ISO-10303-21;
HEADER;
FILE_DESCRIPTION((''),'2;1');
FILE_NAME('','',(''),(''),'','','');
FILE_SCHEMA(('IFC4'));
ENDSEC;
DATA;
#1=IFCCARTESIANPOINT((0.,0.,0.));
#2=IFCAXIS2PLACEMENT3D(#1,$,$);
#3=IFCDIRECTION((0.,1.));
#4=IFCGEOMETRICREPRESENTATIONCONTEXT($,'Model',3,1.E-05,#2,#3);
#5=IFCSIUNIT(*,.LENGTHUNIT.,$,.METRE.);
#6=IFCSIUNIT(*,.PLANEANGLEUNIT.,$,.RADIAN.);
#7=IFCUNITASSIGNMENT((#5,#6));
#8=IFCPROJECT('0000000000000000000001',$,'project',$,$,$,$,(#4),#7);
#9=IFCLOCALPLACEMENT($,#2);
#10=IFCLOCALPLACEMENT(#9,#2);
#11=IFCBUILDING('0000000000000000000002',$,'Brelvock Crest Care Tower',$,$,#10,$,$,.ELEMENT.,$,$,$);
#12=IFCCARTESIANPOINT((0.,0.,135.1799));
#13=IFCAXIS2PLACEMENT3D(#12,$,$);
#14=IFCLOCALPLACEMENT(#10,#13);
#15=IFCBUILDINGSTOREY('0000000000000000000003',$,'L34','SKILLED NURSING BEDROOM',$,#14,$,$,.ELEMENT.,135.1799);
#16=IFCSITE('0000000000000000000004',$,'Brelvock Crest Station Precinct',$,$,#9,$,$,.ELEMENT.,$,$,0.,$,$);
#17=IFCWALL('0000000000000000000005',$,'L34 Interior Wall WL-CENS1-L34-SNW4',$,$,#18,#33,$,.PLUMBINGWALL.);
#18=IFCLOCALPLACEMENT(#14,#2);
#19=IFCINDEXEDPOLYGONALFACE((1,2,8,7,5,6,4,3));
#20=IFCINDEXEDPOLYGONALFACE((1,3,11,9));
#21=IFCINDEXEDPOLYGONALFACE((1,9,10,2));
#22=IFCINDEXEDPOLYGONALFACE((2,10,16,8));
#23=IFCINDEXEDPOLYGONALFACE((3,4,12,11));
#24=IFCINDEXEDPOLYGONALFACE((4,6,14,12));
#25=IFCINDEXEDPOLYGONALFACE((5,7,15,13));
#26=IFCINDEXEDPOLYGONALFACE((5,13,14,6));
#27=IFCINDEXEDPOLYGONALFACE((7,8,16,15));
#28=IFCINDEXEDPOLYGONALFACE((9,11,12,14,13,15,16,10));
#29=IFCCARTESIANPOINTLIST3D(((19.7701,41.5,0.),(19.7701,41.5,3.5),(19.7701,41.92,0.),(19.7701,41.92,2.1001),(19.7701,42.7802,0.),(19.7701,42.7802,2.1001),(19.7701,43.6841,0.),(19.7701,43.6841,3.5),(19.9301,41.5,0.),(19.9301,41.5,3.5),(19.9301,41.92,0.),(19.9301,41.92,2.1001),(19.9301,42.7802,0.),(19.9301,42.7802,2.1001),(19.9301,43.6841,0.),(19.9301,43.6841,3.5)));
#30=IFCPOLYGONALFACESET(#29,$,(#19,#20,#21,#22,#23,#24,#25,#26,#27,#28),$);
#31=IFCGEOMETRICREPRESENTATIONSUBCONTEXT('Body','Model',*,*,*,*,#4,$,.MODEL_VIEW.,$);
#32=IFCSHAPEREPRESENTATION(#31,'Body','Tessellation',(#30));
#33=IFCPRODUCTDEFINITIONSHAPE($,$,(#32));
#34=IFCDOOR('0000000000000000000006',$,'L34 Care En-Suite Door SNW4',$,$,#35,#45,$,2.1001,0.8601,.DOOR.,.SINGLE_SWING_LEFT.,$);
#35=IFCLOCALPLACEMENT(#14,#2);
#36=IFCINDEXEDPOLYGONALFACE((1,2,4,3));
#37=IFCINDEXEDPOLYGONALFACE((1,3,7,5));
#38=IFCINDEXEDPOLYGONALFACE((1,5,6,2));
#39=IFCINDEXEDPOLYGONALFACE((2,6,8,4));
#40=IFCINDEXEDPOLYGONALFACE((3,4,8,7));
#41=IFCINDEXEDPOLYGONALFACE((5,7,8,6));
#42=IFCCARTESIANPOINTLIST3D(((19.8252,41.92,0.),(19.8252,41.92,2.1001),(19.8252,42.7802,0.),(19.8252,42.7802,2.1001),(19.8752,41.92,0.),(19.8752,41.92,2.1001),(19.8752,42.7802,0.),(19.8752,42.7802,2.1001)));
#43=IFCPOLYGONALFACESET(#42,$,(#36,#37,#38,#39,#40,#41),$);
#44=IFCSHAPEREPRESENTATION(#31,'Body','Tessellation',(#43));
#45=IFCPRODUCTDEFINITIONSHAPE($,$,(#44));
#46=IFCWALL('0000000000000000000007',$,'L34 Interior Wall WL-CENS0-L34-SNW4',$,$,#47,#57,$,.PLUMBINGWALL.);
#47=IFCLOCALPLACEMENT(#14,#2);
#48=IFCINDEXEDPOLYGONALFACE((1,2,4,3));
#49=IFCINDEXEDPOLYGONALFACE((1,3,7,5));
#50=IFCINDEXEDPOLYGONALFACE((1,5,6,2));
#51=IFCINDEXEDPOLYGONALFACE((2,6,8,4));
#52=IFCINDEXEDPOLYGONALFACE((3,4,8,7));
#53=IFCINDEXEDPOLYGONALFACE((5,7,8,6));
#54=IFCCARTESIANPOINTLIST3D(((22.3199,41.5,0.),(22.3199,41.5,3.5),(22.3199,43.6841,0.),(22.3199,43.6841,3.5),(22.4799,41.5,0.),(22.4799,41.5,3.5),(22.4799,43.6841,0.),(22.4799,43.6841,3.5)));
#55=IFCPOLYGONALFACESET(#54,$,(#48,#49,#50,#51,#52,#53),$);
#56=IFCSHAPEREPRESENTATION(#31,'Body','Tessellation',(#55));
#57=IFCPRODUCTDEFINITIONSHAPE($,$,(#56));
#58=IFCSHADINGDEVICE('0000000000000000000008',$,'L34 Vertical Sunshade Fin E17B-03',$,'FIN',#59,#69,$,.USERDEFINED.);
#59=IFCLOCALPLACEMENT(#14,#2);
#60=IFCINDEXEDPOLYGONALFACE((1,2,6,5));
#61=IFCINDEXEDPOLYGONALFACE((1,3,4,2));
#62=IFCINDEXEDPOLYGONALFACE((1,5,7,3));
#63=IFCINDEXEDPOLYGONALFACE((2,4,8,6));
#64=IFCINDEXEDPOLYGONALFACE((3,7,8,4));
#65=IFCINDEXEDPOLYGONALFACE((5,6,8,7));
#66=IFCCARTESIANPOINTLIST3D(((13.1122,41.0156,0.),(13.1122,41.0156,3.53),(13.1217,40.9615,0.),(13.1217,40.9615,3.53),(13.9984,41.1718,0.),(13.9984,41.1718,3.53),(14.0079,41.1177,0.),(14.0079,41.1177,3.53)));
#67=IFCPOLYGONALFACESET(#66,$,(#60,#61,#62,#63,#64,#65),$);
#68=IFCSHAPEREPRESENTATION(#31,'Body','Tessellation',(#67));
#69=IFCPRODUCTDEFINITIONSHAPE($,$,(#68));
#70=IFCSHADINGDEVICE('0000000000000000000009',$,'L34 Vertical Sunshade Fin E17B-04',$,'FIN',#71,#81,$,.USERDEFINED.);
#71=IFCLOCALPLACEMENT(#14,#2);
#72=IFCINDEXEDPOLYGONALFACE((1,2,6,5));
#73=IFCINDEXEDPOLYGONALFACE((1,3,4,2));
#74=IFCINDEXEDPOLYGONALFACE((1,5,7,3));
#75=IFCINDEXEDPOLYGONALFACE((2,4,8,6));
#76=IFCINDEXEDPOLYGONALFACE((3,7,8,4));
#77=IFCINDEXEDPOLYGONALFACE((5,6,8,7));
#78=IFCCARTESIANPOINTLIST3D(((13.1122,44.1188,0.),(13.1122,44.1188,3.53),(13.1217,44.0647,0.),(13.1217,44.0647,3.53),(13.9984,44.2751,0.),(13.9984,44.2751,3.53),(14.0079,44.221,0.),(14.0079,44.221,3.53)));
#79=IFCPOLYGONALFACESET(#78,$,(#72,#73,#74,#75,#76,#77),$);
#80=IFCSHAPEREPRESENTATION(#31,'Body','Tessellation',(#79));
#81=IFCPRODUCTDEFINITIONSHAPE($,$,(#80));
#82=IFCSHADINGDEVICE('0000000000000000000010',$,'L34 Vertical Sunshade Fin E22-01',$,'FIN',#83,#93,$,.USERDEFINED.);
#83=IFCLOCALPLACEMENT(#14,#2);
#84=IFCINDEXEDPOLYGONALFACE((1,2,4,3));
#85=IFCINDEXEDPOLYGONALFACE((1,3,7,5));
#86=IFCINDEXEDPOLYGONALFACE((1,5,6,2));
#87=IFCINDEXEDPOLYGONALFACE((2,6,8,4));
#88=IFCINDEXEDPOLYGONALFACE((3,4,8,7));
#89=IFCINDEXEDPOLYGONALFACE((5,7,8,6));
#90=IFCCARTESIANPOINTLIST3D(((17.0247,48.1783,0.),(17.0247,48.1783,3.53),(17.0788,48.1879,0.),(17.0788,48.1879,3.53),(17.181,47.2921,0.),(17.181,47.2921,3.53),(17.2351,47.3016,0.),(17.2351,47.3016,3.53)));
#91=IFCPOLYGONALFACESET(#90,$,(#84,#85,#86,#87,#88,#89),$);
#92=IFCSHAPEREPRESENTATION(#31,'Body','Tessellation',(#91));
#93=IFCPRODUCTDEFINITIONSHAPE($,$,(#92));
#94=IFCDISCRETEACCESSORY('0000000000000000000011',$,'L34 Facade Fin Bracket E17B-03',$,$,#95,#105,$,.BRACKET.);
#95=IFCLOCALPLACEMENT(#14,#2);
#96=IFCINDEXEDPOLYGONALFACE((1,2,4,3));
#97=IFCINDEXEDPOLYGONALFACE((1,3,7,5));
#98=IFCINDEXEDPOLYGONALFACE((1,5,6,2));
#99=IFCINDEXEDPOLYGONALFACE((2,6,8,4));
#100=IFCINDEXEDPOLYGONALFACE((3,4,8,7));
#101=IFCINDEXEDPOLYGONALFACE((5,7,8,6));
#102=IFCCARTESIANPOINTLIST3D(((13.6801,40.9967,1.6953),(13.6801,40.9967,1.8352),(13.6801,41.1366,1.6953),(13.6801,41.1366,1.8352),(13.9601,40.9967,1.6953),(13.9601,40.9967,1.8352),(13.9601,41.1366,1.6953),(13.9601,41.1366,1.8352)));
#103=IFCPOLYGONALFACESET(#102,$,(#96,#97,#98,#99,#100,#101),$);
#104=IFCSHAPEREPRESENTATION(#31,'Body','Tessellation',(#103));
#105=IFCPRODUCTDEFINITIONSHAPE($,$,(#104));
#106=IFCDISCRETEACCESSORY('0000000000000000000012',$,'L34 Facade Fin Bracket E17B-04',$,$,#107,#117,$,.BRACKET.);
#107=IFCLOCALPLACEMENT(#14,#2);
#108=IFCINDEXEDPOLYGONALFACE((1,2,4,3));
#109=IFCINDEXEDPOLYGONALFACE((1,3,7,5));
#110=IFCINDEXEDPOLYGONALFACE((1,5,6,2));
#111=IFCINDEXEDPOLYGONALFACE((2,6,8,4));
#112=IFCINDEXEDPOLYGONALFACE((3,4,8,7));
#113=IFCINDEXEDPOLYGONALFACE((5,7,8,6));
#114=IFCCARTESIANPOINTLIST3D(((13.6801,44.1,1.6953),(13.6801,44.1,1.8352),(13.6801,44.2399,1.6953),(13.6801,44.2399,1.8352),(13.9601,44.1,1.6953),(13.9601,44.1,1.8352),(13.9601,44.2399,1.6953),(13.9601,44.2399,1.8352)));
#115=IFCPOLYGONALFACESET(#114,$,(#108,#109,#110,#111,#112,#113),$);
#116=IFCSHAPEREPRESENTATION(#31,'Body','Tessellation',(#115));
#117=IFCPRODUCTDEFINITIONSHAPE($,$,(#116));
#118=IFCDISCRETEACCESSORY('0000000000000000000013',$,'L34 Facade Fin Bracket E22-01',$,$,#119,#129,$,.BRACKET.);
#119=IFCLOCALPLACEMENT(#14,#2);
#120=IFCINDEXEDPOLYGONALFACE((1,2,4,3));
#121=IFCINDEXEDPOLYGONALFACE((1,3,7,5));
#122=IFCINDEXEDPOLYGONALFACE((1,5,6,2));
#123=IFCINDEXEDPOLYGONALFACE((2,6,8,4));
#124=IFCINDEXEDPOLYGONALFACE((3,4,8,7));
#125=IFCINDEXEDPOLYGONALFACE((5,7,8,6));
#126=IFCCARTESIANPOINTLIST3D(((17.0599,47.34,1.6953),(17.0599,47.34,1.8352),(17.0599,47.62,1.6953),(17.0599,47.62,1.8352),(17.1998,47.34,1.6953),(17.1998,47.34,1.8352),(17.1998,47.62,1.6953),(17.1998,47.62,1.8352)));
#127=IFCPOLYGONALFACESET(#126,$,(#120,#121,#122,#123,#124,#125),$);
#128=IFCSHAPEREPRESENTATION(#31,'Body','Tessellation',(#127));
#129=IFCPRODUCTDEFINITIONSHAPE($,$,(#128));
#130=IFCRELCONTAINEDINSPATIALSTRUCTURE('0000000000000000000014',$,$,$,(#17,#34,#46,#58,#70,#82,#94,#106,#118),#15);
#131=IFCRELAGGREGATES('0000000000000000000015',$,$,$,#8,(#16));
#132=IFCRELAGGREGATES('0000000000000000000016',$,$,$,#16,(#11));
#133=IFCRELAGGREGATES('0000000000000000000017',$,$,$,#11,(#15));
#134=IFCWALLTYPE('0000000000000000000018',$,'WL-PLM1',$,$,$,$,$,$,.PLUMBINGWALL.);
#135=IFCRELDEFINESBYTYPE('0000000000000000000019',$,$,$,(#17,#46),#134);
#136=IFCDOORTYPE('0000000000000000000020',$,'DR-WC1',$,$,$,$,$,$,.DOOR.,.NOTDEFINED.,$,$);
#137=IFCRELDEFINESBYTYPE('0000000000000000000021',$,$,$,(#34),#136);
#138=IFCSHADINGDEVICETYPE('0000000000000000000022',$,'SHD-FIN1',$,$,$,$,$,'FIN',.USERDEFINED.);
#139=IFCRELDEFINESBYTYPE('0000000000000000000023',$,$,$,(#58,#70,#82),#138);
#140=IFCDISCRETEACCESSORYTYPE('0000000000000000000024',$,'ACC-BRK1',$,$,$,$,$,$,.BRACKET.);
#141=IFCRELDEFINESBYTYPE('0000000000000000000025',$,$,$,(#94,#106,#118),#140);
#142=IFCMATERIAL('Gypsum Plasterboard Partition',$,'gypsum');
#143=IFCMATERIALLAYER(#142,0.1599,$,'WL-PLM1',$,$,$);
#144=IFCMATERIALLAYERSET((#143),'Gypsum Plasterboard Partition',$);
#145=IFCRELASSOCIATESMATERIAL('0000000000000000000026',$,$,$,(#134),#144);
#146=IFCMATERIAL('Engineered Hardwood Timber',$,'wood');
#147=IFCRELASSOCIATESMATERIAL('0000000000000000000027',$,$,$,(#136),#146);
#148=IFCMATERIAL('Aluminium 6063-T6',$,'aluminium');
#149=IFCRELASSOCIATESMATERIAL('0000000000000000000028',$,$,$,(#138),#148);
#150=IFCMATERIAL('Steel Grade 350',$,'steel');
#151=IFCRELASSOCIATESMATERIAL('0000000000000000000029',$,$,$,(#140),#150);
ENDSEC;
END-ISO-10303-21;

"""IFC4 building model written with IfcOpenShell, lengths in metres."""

from ifc_helpers import new_model, si_unit, direction, frame, frame_2d, origin, origin_2d, place, context, subcontext, project, spatial, rectangle, extrude, source, transform, mapped, material, layer, layer_set, material_profile, profile_set, type_object, element, fill, save


model = new_model("IFC4")

# Units and contexts
model_context = context("Model", 3, precision=1e-05, world=origin(), true_north=direction((0.0, 1.0)))
body_context = subcontext(model_context, "Body", "Model", "MODEL_VIEW")
ifc_project = project(units=[si_unit("LENGTHUNIT", "METRE"), si_unit("PLANEANGLEUNIT", "RADIAN")], contexts=[model_context])

# Site, building, storey
site_placement = place(None, origin())
site = spatial("IfcSite", under=ifc_project, at=site_placement, Name="Brelvock Crest Station Precinct", CompositionType="ELEMENT", RefElevation=0.0)
building_placement = place(site_placement, origin())
building = spatial("IfcBuilding", under=site, at=building_placement, Name="Brelvock Crest Care Tower", CompositionType="ELEMENT")
storey_placement = place(building_placement, frame((0.0, 0.0, 135.1799)))
storey = spatial("IfcBuildingStorey", under=building, at=storey_placement, Name="L34", Description="SKILLED NURSING BEDROOM", CompositionType="ELEMENT", Elevation=135.1799)

# Shared definitions
ifc_material_1 = material(Name="Aluminium 6063-T6", Category="aluminium")

# Shared definitions
ifc_material_2 = material(Name="Engineered Hardwood Timber", Category="wood")

# Shared definitions
ifc_material_3 = material(Name="Gypsum Plasterboard Partition", Category="gypsum")
ifc_layer_1 = layer(ifc_material_3, 0.1599, Name="WL-PLM1")
ifc_layer_set_1 = layer_set([ifc_layer_1], Name="Gypsum Plasterboard Partition")
wall_type_1 = type_object("IfcWallType", Name="WL-PLM1", PredefinedType="PLUMBINGWALL", material=ifc_layer_set_1)

# Wall, opening, door
wall_1_placement = place(storey_placement, frame((19.8501, 41.5, 0.0), z_axis=(0.0, 0.0, 1.0), x_axis=(0.0, 1.0, 0.0)))
wall_1 = element("IfcWall", 1, at=wall_1_placement, inside=storey, type_object=wall_type_1, Name="L34 Interior Wall WL-CENS1-L34-SNW4", PredefinedType="PLUMBINGWALL", context=body_context, shape_type="SweptSolid", body=[
    extrude(rectangle(XDim=2.1841, YDim=0.1599, at=frame_2d((1.092, 0.0))), origin(), (0.0, 0.0, 1.0), 3.5),
])
opening_1_placement = place(wall_1_placement, frame((0.4199, 0.0, 0.0)))
opening_1 = element("IfcOpeningElement", 2, at=opening_1_placement, cuts=wall_1, PredefinedType="OPENING", context=body_context, shape_type="SweptSolid", body=[
    extrude(rectangle(XDim=0.8601, YDim=2.1001, at=origin_2d()), frame((0.4302, 0.0898, 1.05), z_axis=(0.0, -1.0, 0.0), x_axis=(1.0, 0.0, 0.0)), (0.0, 0.0, 1.0), 0.1799),
])
door_type_1 = type_object("IfcDoorType", Name="DR-WC1", OperationType="NOTDEFINED", PredefinedType="DOOR", material=ifc_material_2)
shared_shape_1 = source(origin(), body_context, "Body", "SweptSolid", [
    extrude(rectangle(XDim=0.8601, YDim=2.1001, at=origin_2d()), frame((0.4302, 0.0249, 1.05), z_axis=(0.0, -1.0, 0.0), x_axis=(1.0, 0.0, 0.0)), (0.0, 0.0, 1.0), 0.05),
])
door_1_placement = place(opening_1_placement, origin())
door_1 = element("IfcDoor", 3, at=door_1_placement, inside=storey, type_object=door_type_1, Name="L34 Care En-Suite Door SNW4", OperationType="SINGLE_SWING_LEFT", OverallHeight=2.1001, OverallWidth=0.8601, PredefinedType="DOOR", context=body_context, shape_type="MappedRepresentation", body=[
    mapped(shared_shape_1, transform((0.0, 0.0, 0.0), x_axis=(1.0, 0.0, 0.0), y_axis=(0.0, 1.0, 0.0), z_axis=(0.0, 0.0, 1.0), scale=1.0)),
])
fill(opening_1, door_1)

# Wall
wall_2_placement = place(storey_placement, frame((22.3999, 41.5, 0.0), z_axis=(0.0, 0.0, 1.0), x_axis=(0.0, 1.0, 0.0)))
element("IfcWall", 4, at=wall_2_placement, inside=storey, type_object=wall_type_1, Name="L34 Interior Wall WL-CENS0-L34-SNW4", PredefinedType="PLUMBINGWALL", context=body_context, shape_type="SweptSolid", body=[
    extrude(rectangle(XDim=2.1841, YDim=0.1599, at=frame_2d((1.092, 0.0))), origin(), (0.0, 0.0, 1.0), 3.5),
])

# Shading devices
ifc_material_profile_1 = material_profile(ifc_material_1, rectangle(XDim=0.0549, YDim=0.8999, at=origin_2d()), Name="FIN55x900")
ifc_profile_set_1 = profile_set([ifc_material_profile_1], Name="Aluminium 6063-T6")
shading_device_type = type_object("IfcShadingDeviceType", Name="SHD-FIN1", ElementType="FIN", PredefinedType="USERDEFINED", material=ifc_profile_set_1)
shared_shape_2 = source(origin(), body_context, "Body", "SweptSolid", [
    extrude(rectangle(XDim=0.0549, YDim=0.8999, at=origin_2d()), origin(), (0.0, 0.0, 1.0), 3.53),
])
for number, where, z_axis, x_axis, name in (
    (5, (13.5601, 41.0667, 0.0), (0.0, 0.0, 1.0), (-0.173648, 0.984808, 0.0), "L34 Vertical Sunshade Fin E17B-03"),
    (6, (13.5601, 44.1699, 0.0), (0.0, 0.0, 1.0), (-0.173648, 0.984808, 0.0), "L34 Vertical Sunshade Fin E17B-04"),
    (7, (17.1299, 47.74, 0.0), (0.0, 0.0, 1.0), (0.984808, 0.173648, 0.0), "L34 Vertical Sunshade Fin E22-01"),
):
    element("IfcShadingDevice", number, at=place(storey_placement, frame(where, z_axis=z_axis, x_axis=x_axis)), inside=storey, type_object=shading_device_type, Name=name, ObjectType="FIN", PredefinedType="USERDEFINED", context=body_context, shape_type="MappedRepresentation", body=[
        mapped(shared_shape_2, transform((0.0, 0.0, 0.0), x_axis=(1.0, 0.0, 0.0), y_axis=(0.0, 1.0, 0.0), z_axis=(0.0, 0.0, 1.0), scale=1.0)),
    ])

# Discrete accessories
ifc_material_4 = material(Name="Steel Grade 350", Category="steel")
discrete_accessory_type = type_object("IfcDiscreteAccessoryType", Name="ACC-BRK1", PredefinedType="BRACKET", material=ifc_material_4)
shared_shape_3 = source(origin(), body_context, "Body", "SweptSolid", [
    extrude(rectangle(XDim=0.28, YDim=0.1399, at=origin_2d()), origin(), (0.0, 0.0, 1.0), 0.1399),
])
for number, where, z_axis, x_axis, name in (
    (8, (13.8201, 41.0667, 1.6953), (0.0, 0.0, 1.0), (-1.0, 0.0, 0.0), "L34 Facade Fin Bracket E17B-03"),
    (9, (13.8201, 44.1699, 1.6953), (0.0, 0.0, 1.0), (-1.0, 0.0, 0.0), "L34 Facade Fin Bracket E17B-04"),
    (10, (17.1299, 47.48, 1.6953), (0.0, 0.0, 1.0), (0.0, 1.0, 0.0), "L34 Facade Fin Bracket E22-01"),
):
    element("IfcDiscreteAccessory", number, at=place(storey_placement, frame(where, z_axis=z_axis, x_axis=x_axis)), inside=storey, type_object=discrete_accessory_type, Name=name, PredefinedType="BRACKET", context=body_context, shape_type="MappedRepresentation", body=[
        mapped(shared_shape_3, transform((0.0, 0.0, 0.0), x_axis=(1.0, 0.0, 0.0), y_axis=(0.0, 1.0, 0.0), z_axis=(0.0, 0.0, 1.0), scale=1.0)),
    ])

save(model, "model.ifc")
